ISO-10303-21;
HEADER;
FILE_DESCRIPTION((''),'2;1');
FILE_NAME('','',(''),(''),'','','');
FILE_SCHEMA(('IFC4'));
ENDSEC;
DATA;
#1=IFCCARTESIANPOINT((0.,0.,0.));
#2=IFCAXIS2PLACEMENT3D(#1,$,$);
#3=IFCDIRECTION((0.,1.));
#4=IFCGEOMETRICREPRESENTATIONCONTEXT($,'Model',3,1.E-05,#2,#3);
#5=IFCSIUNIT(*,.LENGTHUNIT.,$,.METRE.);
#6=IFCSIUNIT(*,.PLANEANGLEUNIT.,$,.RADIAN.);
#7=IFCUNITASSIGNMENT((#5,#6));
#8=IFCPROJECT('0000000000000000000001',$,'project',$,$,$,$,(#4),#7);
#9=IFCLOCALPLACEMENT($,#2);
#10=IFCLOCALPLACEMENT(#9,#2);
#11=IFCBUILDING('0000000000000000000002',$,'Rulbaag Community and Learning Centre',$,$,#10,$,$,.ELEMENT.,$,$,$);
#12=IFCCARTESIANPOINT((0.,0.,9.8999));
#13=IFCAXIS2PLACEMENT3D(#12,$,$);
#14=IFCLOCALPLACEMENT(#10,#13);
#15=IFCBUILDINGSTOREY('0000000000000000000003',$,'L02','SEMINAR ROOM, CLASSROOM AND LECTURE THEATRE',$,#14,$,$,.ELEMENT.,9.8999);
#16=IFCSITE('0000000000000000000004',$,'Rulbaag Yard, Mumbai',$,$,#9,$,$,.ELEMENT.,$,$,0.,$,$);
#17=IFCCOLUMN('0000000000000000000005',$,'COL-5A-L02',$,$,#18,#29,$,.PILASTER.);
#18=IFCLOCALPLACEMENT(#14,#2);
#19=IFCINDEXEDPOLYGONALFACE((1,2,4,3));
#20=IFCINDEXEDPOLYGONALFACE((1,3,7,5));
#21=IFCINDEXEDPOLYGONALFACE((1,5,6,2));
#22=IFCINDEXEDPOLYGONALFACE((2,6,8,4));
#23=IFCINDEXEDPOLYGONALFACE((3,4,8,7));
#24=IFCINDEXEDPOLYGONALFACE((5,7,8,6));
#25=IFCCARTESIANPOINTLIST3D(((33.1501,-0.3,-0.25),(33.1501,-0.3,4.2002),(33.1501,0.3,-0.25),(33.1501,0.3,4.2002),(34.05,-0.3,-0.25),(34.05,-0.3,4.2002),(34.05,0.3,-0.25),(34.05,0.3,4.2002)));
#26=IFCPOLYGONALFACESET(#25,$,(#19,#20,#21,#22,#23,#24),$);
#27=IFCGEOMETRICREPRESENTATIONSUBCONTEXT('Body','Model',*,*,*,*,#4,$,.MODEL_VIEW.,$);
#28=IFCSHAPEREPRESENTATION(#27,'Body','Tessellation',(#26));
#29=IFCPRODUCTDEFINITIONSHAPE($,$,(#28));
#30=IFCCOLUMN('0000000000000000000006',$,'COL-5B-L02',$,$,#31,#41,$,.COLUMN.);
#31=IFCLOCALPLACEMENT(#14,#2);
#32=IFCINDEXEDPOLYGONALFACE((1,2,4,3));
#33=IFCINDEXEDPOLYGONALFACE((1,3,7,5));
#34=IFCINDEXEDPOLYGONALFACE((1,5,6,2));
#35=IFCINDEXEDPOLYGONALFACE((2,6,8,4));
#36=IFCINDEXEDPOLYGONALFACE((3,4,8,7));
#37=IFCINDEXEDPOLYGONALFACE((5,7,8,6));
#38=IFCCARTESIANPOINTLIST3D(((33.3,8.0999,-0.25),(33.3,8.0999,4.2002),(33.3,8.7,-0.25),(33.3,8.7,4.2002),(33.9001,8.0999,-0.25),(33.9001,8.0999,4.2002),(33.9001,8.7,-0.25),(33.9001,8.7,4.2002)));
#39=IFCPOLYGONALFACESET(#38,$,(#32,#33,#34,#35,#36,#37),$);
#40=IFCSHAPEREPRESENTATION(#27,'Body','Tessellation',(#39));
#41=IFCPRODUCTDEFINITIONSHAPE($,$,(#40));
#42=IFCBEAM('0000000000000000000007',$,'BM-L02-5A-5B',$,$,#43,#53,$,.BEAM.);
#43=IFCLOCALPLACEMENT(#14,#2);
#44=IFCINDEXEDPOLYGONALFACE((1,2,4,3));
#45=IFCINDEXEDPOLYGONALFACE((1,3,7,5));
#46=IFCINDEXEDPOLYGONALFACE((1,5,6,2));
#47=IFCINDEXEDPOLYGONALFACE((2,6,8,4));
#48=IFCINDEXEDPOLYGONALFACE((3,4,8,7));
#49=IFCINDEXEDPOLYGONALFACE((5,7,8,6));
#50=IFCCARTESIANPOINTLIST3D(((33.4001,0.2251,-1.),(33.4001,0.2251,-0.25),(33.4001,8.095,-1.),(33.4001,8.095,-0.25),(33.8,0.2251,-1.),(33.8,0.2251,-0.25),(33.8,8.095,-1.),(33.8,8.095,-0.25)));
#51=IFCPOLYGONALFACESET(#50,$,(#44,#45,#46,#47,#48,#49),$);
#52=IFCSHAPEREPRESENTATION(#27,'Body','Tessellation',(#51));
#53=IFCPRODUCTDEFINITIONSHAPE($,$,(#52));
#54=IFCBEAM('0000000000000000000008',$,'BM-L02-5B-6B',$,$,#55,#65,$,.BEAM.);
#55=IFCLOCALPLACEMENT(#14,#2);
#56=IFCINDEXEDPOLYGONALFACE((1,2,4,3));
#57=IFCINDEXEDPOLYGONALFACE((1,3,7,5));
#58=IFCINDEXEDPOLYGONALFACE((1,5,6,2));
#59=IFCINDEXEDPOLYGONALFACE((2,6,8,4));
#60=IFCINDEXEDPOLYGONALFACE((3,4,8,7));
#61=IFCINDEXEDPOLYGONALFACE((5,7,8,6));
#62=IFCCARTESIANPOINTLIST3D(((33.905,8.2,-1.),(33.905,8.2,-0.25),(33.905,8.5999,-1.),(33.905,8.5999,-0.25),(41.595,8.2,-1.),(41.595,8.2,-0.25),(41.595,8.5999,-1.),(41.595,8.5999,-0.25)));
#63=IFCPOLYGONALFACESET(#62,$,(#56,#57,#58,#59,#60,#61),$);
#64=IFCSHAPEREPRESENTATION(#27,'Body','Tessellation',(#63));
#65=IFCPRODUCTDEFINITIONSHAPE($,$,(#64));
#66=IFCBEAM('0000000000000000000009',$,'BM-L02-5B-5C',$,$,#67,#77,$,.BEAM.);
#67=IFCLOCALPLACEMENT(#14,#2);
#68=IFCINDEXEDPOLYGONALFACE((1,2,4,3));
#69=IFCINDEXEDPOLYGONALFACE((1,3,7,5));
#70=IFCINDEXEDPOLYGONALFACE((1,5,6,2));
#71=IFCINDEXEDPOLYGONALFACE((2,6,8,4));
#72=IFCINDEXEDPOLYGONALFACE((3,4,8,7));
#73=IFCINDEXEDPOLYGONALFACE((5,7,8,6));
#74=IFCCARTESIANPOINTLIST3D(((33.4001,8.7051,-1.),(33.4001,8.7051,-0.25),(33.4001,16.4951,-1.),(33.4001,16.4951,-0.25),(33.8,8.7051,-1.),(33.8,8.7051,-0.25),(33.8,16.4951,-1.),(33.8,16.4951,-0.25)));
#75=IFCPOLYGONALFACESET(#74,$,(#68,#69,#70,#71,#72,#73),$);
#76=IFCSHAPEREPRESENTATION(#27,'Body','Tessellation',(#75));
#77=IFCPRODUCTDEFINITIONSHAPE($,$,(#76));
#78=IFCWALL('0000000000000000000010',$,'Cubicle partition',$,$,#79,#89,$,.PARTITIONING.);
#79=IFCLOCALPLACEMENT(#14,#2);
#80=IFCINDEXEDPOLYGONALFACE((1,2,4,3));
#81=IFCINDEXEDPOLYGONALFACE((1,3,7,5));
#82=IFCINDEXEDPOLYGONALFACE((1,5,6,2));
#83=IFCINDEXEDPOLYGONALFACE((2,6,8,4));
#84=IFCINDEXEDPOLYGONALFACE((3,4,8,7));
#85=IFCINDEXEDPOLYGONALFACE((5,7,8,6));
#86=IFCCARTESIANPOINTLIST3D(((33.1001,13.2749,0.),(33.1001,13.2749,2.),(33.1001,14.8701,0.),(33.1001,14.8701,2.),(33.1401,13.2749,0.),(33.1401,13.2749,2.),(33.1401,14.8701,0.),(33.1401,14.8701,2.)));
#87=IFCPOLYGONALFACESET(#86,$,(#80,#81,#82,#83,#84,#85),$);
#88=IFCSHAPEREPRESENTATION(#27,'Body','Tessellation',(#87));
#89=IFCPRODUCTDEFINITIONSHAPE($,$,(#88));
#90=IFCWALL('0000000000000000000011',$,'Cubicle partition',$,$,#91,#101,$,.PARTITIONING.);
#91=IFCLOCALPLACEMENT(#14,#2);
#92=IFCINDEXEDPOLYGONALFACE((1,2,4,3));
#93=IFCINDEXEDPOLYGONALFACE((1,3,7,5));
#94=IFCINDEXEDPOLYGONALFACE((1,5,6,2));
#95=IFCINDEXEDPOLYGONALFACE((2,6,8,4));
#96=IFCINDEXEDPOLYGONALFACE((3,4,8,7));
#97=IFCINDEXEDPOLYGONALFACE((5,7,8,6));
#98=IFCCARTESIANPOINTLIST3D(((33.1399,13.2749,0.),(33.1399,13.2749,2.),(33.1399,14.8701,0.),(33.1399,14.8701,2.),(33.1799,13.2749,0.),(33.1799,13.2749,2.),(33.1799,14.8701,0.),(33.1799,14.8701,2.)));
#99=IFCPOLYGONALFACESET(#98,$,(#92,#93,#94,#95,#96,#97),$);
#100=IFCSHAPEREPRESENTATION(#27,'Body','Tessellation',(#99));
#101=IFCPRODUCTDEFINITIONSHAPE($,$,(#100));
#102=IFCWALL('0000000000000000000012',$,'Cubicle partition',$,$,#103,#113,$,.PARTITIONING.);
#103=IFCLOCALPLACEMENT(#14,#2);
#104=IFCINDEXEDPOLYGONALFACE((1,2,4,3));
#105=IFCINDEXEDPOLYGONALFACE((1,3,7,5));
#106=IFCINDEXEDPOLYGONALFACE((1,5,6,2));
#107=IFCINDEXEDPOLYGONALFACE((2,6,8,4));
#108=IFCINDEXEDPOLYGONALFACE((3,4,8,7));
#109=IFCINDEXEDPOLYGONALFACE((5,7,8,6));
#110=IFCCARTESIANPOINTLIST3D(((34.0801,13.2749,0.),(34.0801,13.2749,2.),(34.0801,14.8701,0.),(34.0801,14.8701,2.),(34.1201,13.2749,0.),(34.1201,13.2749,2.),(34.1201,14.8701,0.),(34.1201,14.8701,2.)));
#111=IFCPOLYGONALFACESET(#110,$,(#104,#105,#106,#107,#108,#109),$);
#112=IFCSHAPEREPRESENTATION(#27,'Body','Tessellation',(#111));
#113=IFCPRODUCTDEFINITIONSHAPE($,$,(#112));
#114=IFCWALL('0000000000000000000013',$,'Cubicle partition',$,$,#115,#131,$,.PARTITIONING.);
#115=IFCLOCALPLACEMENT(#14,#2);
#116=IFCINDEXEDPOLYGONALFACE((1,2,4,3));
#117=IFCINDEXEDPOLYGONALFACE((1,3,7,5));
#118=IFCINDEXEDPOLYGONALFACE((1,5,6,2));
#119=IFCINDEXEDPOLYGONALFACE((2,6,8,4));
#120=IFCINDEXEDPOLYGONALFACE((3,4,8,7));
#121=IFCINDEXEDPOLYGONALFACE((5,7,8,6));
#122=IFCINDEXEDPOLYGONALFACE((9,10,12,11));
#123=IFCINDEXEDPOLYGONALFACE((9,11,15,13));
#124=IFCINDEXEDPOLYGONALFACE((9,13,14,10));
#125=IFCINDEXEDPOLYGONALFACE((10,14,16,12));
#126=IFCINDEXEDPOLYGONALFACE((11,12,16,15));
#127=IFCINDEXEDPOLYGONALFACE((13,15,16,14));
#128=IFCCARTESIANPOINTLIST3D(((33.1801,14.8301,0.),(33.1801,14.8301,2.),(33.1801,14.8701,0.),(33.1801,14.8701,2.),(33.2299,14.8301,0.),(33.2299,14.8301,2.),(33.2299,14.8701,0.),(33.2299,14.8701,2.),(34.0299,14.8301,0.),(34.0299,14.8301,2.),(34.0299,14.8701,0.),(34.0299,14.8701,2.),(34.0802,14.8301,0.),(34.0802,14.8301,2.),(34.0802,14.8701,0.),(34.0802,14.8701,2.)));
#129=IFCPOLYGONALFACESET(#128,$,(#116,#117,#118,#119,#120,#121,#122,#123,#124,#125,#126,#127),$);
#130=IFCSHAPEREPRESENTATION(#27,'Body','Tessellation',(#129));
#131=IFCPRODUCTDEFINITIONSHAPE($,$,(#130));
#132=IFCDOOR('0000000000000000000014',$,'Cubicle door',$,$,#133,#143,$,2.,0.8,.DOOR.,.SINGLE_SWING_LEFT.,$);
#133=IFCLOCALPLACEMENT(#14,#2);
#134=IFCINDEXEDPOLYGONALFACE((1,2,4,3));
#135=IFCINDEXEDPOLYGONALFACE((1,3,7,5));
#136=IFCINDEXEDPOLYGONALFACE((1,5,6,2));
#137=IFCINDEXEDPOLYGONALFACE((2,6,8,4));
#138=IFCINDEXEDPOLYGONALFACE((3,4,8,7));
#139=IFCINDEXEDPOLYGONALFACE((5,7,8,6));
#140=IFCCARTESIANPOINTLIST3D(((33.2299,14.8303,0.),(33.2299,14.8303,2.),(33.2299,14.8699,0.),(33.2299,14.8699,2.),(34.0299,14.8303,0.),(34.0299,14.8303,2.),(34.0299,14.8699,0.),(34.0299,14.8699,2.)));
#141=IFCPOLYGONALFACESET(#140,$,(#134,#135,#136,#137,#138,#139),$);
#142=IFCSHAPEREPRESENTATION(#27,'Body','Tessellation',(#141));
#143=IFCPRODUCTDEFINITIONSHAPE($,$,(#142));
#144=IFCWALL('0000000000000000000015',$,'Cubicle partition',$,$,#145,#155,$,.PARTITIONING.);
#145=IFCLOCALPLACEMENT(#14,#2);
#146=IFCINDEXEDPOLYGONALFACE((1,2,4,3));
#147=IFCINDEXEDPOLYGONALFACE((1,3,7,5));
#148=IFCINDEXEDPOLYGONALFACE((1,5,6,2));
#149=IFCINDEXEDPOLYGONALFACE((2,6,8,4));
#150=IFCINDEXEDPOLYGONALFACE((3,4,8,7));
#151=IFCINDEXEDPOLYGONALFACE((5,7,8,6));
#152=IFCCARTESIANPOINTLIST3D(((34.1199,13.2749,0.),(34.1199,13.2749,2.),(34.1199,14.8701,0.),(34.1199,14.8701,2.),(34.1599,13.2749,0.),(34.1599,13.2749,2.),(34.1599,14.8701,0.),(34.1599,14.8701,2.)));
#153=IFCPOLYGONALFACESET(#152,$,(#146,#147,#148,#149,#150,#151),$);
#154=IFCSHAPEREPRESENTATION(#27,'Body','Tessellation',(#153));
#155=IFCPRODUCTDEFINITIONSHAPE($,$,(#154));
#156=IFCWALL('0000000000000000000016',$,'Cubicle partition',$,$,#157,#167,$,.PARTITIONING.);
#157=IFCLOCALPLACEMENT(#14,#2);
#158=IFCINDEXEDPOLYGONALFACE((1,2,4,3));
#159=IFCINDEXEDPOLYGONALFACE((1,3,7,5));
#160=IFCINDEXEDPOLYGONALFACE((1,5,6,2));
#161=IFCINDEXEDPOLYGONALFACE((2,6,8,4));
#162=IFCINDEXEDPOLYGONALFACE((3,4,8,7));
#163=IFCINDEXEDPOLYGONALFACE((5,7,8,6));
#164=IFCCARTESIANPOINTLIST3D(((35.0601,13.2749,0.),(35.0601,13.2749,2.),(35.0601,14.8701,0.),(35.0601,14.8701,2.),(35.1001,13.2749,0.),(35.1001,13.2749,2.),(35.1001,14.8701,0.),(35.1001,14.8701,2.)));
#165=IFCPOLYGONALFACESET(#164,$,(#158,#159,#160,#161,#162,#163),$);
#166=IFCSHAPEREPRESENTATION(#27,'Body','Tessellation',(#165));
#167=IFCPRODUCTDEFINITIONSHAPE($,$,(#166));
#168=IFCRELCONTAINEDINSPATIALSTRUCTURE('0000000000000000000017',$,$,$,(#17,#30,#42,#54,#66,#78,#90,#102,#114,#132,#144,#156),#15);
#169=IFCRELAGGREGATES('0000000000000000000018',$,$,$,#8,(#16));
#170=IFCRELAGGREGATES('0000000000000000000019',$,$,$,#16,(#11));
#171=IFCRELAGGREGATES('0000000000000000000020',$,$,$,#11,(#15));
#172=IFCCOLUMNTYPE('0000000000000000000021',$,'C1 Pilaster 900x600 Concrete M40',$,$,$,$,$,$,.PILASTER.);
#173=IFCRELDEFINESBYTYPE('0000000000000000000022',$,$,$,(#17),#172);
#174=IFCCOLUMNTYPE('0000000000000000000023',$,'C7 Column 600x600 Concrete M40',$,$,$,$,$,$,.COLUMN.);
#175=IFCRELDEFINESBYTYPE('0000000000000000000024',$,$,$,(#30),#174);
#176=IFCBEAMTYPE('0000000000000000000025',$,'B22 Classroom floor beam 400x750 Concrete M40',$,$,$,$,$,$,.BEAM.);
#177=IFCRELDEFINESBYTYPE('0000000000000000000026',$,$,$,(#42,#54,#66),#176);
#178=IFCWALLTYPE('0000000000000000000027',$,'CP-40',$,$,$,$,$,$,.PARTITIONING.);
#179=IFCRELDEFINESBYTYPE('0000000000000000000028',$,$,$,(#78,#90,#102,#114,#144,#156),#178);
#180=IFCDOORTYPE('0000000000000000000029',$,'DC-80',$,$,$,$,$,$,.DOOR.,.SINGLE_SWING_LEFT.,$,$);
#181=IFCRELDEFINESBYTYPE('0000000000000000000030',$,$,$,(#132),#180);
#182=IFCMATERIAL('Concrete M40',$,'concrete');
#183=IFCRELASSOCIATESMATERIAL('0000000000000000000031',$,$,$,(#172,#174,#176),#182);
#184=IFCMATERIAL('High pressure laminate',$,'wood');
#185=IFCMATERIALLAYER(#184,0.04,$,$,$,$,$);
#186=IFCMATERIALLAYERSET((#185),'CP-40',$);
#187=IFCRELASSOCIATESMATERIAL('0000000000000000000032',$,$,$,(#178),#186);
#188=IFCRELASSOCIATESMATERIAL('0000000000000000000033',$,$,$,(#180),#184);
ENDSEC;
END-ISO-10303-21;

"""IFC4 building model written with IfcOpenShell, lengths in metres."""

from ifc_helpers import new_model, si_unit, direction, frame, frame_2d, origin, origin_2d, place, context, subcontext, project, spatial, rectangle, extrude, material, layer, layer_set, material_profile, profile_set, type_object, element, fill, save


model = new_model("IFC4")

# Units and contexts
model_context = context("Model", 3, precision=1e-05, world=origin(), true_north=direction((0.0, 1.0)))
body_context = subcontext(model_context, "Body", "Model", "MODEL_VIEW")
ifc_project = project(units=[si_unit("LENGTHUNIT", "METRE"), si_unit("PLANEANGLEUNIT", "RADIAN")], contexts=[model_context])

# Site, building, storey
site_placement = place(None, origin())
site = spatial("IfcSite", under=ifc_project, at=site_placement, Name="Rulbaag Yard, Mumbai", CompositionType="ELEMENT", RefElevation=0.0)
building_placement = place(site_placement, origin())
building = spatial("IfcBuilding", under=site, at=building_placement, Name="Rulbaag Community and Learning Centre", CompositionType="ELEMENT")
storey_placement = place(building_placement, frame((0.0, 0.0, 9.8999)))
storey = spatial("IfcBuildingStorey", under=building, at=storey_placement, Name="L02", Description="SEMINAR ROOM, CLASSROOM AND LECTURE THEATRE", CompositionType="ELEMENT", Elevation=9.8999)

# Columns
ifc_material_1 = material(Name="Concrete M40", Category="concrete")
ifc_material_profile_1 = material_profile(ifc_material_1, rectangle(XDim=0.8999, YDim=0.6001, at=origin_2d()), Name="RC900x600")
ifc_profile_set_1 = profile_set([ifc_material_profile_1], Name="Concrete M40")
column_type_1 = type_object("IfcColumnType", Name="C1 Pilaster 900x600 Concrete M40", PredefinedType="PILASTER", material=ifc_profile_set_1)
column_1_placement = place(storey_placement, frame((33.6001, 0.0, -0.25), z_axis=(0.0, 0.0, 1.0), x_axis=(1.0, 0.0, 0.0)))
element("IfcColumn", 1, at=column_1_placement, inside=storey, type_object=column_type_1, Name="COL-5A-L02", PredefinedType="PILASTER", context=body_context, shape_type="SweptSolid", body=[
    extrude(rectangle(XDim=0.8999, YDim=0.6001, at=origin_2d()), origin(), (0.0, 0.0, 1.0), 4.4502),
])
ifc_material_profile_2 = material_profile(ifc_material_1, rectangle(XDim=0.6001, YDim=0.6001, at=origin_2d()), Name="RC600x600")
ifc_profile_set_2 = profile_set([ifc_material_profile_2], Name="Concrete M40")
column_type_2 = type_object("IfcColumnType", Name="C7 Column 600x600 Concrete M40", PredefinedType="COLUMN", material=ifc_profile_set_2)
column_2_placement = place(storey_placement, frame((33.6001, 8.3999, -0.25), z_axis=(0.0, 0.0, 1.0), x_axis=(1.0, 0.0, 0.0)))
element("IfcColumn", 2, at=column_2_placement, inside=storey, type_object=column_type_2, Name="COL-5B-L02", PredefinedType="COLUMN", context=body_context, shape_type="SweptSolid", body=[
    extrude(rectangle(XDim=0.6001, YDim=0.6001, at=origin_2d()), origin(), (0.0, 0.0, 1.0), 4.4502),
])

# Beams
ifc_material_profile_3 = material_profile(ifc_material_1, rectangle(XDim=0.3999, YDim=0.75, at=origin_2d()), Name="RB400x750")
ifc_profile_set_3 = profile_set([ifc_material_profile_3], Name="Concrete M40")
beam_type = type_object("IfcBeamType", Name="B22 Classroom floor beam 400x750 Concrete M40", PredefinedType="BEAM", material=ifc_profile_set_3)
beam_1_placement = place(storey_placement, frame((33.6001, 0.2251, -0.625), z_axis=(0.0, 1.0, 0.0), x_axis=(-1.0, 0.0, 0.0)))
element("IfcBeam", 3, at=beam_1_placement, inside=storey, type_object=beam_type, Name="BM-L02-5A-5B", PredefinedType="BEAM", context=body_context, shape_type="SweptSolid", body=[
    extrude(rectangle(XDim=0.3999, YDim=0.75, at=origin_2d()), origin(), (0.0, 0.0, 1.0), 7.8699),
])
beam_2_placement = place(storey_placement, frame((33.905, 8.3999, -0.625), z_axis=(1.0, 0.0, 0.0), x_axis=(0.0, 1.0, 0.0)))
element("IfcBeam", 4, at=beam_2_placement, inside=storey, type_object=beam_type, Name="BM-L02-5B-6B", PredefinedType="BEAM", context=body_context, shape_type="SweptSolid", body=[
    extrude(rectangle(XDim=0.3999, YDim=0.75, at=origin_2d()), origin(), (0.0, 0.0, 1.0), 7.6899),
])
beam_3_placement = place(storey_placement, frame((33.6001, 8.7051, -0.625), z_axis=(0.0, 1.0, 0.0), x_axis=(-1.0, 0.0, 0.0)))
element("IfcBeam", 5, at=beam_3_placement, inside=storey, type_object=beam_type, Name="BM-L02-5B-5C", PredefinedType="BEAM", context=body_context, shape_type="SweptSolid", body=[
    extrude(rectangle(XDim=0.3999, YDim=0.75, at=origin_2d()), origin(), (0.0, 0.0, 1.0), 7.79),
])

# Walls
ifc_material_2 = material(Name="High pressure laminate", Category="wood")
ifc_layer_1 = layer(ifc_material_2, 0.04)
ifc_layer_set_1 = layer_set([ifc_layer_1], Name="CP-40")
wall_type_1 = type_object("IfcWallType", Name="CP-40", PredefinedType="PARTITIONING", material=ifc_layer_set_1)
for number, where, z_axis, x_axis, name in (
    (6, (33.1201, 13.2749, 0.0), (0.0, 0.0, 1.0), (0.0, 1.0, 0.0), "Cubicle partition"),
    (7, (33.1599, 13.2749, 0.0), (0.0, 0.0, 1.0), (0.0, 1.0, 0.0), "Cubicle partition"),
    (8, (34.1001, 13.2749, 0.0), (0.0, 0.0, 1.0), (0.0, 1.0, 0.0), "Cubicle partition"),
):
    element("IfcWall", number, at=place(storey_placement, frame(where, z_axis=z_axis, x_axis=x_axis)), inside=storey, type_object=wall_type_1, Name=name, PredefinedType="PARTITIONING", context=body_context, shape_type="SweptSolid", body=[
        extrude(rectangle(XDim=1.5952, YDim=0.04, at=frame_2d((0.7976, 0.0))), origin(), (0.0, 0.0, 1.0), 2.0),
    ])

# Wall, opening, door
wall_1_placement = place(storey_placement, frame((33.1799, 14.8501, 0.0), z_axis=(0.0, 0.0, 1.0), x_axis=(1.0, 0.0, 0.0)))
wall_1 = element("IfcWall", 9, at=wall_1_placement, inside=storey, type_object=wall_type_1, Name="Cubicle partition", PredefinedType="PARTITIONING", context=body_context, shape_type="SweptSolid", body=[
    extrude(rectangle(XDim=0.9001, YDim=0.04, at=frame_2d((0.4502, 0.0))), origin(), (0.0, 0.0, 1.0), 2.0),
])
opening_1_placement = place(wall_1_placement, frame((0.05, 0.0, 0.0)))
opening_1 = element("IfcOpeningElement", 10, at=opening_1_placement, cuts=wall_1, PredefinedType="OPENING", context=body_context, shape_type="SweptSolid", body=[
    extrude(rectangle(XDim=0.8, YDim=2.0, at=frame_2d((0.3999, 1.0))), frame((0.0, 0.03, 0.0), z_axis=(0.0, -1.0, 0.0), x_axis=(1.0, 0.0, 0.0)), (0.0, 0.0, 1.0), 0.0601),
])
door_type = type_object("IfcDoorType", Name="DC-80", OperationType="SINGLE_SWING_LEFT", PredefinedType="DOOR", material=ifc_material_2)
door_1_placement = place(opening_1_placement, origin())
door_1 = element("IfcDoor", 11, at=door_1_placement, inside=storey, type_object=door_type, Name="Cubicle door", OperationType="SINGLE_SWING_LEFT", OverallHeight=2.0, OverallWidth=0.8, PredefinedType="DOOR", context=body_context, shape_type="SweptSolid", body=[
    extrude(rectangle(XDim=0.8, YDim=2.0, at=frame_2d((0.3999, 1.0))), frame((0.0, 0.0198, 0.0), z_axis=(0.0, -1.0, 0.0), x_axis=(1.0, 0.0, 0.0)), (0.0, 0.0, 1.0), 0.0396),
])
fill(opening_1, door_1)

# Walls
for number, where, z_axis, x_axis, name in (
    (12, (34.1399, 13.2749, 0.0), (0.0, 0.0, 1.0), (0.0, 1.0, 0.0), "Cubicle partition"),
    (13, (35.0801, 13.2749, 0.0), (0.0, 0.0, 1.0), (0.0, 1.0, 0.0), "Cubicle partition"),
):
    element("IfcWall", number, at=place(storey_placement, frame(where, z_axis=z_axis, x_axis=x_axis)), inside=storey, type_object=wall_type_1, Name=name, PredefinedType="PARTITIONING", context=body_context, shape_type="SweptSolid", body=[
        extrude(rectangle(XDim=1.5952, YDim=0.04, at=frame_2d((0.7976, 0.0))), origin(), (0.0, 0.0, 1.0), 2.0),
    ])

save(model, "model.ifc")
